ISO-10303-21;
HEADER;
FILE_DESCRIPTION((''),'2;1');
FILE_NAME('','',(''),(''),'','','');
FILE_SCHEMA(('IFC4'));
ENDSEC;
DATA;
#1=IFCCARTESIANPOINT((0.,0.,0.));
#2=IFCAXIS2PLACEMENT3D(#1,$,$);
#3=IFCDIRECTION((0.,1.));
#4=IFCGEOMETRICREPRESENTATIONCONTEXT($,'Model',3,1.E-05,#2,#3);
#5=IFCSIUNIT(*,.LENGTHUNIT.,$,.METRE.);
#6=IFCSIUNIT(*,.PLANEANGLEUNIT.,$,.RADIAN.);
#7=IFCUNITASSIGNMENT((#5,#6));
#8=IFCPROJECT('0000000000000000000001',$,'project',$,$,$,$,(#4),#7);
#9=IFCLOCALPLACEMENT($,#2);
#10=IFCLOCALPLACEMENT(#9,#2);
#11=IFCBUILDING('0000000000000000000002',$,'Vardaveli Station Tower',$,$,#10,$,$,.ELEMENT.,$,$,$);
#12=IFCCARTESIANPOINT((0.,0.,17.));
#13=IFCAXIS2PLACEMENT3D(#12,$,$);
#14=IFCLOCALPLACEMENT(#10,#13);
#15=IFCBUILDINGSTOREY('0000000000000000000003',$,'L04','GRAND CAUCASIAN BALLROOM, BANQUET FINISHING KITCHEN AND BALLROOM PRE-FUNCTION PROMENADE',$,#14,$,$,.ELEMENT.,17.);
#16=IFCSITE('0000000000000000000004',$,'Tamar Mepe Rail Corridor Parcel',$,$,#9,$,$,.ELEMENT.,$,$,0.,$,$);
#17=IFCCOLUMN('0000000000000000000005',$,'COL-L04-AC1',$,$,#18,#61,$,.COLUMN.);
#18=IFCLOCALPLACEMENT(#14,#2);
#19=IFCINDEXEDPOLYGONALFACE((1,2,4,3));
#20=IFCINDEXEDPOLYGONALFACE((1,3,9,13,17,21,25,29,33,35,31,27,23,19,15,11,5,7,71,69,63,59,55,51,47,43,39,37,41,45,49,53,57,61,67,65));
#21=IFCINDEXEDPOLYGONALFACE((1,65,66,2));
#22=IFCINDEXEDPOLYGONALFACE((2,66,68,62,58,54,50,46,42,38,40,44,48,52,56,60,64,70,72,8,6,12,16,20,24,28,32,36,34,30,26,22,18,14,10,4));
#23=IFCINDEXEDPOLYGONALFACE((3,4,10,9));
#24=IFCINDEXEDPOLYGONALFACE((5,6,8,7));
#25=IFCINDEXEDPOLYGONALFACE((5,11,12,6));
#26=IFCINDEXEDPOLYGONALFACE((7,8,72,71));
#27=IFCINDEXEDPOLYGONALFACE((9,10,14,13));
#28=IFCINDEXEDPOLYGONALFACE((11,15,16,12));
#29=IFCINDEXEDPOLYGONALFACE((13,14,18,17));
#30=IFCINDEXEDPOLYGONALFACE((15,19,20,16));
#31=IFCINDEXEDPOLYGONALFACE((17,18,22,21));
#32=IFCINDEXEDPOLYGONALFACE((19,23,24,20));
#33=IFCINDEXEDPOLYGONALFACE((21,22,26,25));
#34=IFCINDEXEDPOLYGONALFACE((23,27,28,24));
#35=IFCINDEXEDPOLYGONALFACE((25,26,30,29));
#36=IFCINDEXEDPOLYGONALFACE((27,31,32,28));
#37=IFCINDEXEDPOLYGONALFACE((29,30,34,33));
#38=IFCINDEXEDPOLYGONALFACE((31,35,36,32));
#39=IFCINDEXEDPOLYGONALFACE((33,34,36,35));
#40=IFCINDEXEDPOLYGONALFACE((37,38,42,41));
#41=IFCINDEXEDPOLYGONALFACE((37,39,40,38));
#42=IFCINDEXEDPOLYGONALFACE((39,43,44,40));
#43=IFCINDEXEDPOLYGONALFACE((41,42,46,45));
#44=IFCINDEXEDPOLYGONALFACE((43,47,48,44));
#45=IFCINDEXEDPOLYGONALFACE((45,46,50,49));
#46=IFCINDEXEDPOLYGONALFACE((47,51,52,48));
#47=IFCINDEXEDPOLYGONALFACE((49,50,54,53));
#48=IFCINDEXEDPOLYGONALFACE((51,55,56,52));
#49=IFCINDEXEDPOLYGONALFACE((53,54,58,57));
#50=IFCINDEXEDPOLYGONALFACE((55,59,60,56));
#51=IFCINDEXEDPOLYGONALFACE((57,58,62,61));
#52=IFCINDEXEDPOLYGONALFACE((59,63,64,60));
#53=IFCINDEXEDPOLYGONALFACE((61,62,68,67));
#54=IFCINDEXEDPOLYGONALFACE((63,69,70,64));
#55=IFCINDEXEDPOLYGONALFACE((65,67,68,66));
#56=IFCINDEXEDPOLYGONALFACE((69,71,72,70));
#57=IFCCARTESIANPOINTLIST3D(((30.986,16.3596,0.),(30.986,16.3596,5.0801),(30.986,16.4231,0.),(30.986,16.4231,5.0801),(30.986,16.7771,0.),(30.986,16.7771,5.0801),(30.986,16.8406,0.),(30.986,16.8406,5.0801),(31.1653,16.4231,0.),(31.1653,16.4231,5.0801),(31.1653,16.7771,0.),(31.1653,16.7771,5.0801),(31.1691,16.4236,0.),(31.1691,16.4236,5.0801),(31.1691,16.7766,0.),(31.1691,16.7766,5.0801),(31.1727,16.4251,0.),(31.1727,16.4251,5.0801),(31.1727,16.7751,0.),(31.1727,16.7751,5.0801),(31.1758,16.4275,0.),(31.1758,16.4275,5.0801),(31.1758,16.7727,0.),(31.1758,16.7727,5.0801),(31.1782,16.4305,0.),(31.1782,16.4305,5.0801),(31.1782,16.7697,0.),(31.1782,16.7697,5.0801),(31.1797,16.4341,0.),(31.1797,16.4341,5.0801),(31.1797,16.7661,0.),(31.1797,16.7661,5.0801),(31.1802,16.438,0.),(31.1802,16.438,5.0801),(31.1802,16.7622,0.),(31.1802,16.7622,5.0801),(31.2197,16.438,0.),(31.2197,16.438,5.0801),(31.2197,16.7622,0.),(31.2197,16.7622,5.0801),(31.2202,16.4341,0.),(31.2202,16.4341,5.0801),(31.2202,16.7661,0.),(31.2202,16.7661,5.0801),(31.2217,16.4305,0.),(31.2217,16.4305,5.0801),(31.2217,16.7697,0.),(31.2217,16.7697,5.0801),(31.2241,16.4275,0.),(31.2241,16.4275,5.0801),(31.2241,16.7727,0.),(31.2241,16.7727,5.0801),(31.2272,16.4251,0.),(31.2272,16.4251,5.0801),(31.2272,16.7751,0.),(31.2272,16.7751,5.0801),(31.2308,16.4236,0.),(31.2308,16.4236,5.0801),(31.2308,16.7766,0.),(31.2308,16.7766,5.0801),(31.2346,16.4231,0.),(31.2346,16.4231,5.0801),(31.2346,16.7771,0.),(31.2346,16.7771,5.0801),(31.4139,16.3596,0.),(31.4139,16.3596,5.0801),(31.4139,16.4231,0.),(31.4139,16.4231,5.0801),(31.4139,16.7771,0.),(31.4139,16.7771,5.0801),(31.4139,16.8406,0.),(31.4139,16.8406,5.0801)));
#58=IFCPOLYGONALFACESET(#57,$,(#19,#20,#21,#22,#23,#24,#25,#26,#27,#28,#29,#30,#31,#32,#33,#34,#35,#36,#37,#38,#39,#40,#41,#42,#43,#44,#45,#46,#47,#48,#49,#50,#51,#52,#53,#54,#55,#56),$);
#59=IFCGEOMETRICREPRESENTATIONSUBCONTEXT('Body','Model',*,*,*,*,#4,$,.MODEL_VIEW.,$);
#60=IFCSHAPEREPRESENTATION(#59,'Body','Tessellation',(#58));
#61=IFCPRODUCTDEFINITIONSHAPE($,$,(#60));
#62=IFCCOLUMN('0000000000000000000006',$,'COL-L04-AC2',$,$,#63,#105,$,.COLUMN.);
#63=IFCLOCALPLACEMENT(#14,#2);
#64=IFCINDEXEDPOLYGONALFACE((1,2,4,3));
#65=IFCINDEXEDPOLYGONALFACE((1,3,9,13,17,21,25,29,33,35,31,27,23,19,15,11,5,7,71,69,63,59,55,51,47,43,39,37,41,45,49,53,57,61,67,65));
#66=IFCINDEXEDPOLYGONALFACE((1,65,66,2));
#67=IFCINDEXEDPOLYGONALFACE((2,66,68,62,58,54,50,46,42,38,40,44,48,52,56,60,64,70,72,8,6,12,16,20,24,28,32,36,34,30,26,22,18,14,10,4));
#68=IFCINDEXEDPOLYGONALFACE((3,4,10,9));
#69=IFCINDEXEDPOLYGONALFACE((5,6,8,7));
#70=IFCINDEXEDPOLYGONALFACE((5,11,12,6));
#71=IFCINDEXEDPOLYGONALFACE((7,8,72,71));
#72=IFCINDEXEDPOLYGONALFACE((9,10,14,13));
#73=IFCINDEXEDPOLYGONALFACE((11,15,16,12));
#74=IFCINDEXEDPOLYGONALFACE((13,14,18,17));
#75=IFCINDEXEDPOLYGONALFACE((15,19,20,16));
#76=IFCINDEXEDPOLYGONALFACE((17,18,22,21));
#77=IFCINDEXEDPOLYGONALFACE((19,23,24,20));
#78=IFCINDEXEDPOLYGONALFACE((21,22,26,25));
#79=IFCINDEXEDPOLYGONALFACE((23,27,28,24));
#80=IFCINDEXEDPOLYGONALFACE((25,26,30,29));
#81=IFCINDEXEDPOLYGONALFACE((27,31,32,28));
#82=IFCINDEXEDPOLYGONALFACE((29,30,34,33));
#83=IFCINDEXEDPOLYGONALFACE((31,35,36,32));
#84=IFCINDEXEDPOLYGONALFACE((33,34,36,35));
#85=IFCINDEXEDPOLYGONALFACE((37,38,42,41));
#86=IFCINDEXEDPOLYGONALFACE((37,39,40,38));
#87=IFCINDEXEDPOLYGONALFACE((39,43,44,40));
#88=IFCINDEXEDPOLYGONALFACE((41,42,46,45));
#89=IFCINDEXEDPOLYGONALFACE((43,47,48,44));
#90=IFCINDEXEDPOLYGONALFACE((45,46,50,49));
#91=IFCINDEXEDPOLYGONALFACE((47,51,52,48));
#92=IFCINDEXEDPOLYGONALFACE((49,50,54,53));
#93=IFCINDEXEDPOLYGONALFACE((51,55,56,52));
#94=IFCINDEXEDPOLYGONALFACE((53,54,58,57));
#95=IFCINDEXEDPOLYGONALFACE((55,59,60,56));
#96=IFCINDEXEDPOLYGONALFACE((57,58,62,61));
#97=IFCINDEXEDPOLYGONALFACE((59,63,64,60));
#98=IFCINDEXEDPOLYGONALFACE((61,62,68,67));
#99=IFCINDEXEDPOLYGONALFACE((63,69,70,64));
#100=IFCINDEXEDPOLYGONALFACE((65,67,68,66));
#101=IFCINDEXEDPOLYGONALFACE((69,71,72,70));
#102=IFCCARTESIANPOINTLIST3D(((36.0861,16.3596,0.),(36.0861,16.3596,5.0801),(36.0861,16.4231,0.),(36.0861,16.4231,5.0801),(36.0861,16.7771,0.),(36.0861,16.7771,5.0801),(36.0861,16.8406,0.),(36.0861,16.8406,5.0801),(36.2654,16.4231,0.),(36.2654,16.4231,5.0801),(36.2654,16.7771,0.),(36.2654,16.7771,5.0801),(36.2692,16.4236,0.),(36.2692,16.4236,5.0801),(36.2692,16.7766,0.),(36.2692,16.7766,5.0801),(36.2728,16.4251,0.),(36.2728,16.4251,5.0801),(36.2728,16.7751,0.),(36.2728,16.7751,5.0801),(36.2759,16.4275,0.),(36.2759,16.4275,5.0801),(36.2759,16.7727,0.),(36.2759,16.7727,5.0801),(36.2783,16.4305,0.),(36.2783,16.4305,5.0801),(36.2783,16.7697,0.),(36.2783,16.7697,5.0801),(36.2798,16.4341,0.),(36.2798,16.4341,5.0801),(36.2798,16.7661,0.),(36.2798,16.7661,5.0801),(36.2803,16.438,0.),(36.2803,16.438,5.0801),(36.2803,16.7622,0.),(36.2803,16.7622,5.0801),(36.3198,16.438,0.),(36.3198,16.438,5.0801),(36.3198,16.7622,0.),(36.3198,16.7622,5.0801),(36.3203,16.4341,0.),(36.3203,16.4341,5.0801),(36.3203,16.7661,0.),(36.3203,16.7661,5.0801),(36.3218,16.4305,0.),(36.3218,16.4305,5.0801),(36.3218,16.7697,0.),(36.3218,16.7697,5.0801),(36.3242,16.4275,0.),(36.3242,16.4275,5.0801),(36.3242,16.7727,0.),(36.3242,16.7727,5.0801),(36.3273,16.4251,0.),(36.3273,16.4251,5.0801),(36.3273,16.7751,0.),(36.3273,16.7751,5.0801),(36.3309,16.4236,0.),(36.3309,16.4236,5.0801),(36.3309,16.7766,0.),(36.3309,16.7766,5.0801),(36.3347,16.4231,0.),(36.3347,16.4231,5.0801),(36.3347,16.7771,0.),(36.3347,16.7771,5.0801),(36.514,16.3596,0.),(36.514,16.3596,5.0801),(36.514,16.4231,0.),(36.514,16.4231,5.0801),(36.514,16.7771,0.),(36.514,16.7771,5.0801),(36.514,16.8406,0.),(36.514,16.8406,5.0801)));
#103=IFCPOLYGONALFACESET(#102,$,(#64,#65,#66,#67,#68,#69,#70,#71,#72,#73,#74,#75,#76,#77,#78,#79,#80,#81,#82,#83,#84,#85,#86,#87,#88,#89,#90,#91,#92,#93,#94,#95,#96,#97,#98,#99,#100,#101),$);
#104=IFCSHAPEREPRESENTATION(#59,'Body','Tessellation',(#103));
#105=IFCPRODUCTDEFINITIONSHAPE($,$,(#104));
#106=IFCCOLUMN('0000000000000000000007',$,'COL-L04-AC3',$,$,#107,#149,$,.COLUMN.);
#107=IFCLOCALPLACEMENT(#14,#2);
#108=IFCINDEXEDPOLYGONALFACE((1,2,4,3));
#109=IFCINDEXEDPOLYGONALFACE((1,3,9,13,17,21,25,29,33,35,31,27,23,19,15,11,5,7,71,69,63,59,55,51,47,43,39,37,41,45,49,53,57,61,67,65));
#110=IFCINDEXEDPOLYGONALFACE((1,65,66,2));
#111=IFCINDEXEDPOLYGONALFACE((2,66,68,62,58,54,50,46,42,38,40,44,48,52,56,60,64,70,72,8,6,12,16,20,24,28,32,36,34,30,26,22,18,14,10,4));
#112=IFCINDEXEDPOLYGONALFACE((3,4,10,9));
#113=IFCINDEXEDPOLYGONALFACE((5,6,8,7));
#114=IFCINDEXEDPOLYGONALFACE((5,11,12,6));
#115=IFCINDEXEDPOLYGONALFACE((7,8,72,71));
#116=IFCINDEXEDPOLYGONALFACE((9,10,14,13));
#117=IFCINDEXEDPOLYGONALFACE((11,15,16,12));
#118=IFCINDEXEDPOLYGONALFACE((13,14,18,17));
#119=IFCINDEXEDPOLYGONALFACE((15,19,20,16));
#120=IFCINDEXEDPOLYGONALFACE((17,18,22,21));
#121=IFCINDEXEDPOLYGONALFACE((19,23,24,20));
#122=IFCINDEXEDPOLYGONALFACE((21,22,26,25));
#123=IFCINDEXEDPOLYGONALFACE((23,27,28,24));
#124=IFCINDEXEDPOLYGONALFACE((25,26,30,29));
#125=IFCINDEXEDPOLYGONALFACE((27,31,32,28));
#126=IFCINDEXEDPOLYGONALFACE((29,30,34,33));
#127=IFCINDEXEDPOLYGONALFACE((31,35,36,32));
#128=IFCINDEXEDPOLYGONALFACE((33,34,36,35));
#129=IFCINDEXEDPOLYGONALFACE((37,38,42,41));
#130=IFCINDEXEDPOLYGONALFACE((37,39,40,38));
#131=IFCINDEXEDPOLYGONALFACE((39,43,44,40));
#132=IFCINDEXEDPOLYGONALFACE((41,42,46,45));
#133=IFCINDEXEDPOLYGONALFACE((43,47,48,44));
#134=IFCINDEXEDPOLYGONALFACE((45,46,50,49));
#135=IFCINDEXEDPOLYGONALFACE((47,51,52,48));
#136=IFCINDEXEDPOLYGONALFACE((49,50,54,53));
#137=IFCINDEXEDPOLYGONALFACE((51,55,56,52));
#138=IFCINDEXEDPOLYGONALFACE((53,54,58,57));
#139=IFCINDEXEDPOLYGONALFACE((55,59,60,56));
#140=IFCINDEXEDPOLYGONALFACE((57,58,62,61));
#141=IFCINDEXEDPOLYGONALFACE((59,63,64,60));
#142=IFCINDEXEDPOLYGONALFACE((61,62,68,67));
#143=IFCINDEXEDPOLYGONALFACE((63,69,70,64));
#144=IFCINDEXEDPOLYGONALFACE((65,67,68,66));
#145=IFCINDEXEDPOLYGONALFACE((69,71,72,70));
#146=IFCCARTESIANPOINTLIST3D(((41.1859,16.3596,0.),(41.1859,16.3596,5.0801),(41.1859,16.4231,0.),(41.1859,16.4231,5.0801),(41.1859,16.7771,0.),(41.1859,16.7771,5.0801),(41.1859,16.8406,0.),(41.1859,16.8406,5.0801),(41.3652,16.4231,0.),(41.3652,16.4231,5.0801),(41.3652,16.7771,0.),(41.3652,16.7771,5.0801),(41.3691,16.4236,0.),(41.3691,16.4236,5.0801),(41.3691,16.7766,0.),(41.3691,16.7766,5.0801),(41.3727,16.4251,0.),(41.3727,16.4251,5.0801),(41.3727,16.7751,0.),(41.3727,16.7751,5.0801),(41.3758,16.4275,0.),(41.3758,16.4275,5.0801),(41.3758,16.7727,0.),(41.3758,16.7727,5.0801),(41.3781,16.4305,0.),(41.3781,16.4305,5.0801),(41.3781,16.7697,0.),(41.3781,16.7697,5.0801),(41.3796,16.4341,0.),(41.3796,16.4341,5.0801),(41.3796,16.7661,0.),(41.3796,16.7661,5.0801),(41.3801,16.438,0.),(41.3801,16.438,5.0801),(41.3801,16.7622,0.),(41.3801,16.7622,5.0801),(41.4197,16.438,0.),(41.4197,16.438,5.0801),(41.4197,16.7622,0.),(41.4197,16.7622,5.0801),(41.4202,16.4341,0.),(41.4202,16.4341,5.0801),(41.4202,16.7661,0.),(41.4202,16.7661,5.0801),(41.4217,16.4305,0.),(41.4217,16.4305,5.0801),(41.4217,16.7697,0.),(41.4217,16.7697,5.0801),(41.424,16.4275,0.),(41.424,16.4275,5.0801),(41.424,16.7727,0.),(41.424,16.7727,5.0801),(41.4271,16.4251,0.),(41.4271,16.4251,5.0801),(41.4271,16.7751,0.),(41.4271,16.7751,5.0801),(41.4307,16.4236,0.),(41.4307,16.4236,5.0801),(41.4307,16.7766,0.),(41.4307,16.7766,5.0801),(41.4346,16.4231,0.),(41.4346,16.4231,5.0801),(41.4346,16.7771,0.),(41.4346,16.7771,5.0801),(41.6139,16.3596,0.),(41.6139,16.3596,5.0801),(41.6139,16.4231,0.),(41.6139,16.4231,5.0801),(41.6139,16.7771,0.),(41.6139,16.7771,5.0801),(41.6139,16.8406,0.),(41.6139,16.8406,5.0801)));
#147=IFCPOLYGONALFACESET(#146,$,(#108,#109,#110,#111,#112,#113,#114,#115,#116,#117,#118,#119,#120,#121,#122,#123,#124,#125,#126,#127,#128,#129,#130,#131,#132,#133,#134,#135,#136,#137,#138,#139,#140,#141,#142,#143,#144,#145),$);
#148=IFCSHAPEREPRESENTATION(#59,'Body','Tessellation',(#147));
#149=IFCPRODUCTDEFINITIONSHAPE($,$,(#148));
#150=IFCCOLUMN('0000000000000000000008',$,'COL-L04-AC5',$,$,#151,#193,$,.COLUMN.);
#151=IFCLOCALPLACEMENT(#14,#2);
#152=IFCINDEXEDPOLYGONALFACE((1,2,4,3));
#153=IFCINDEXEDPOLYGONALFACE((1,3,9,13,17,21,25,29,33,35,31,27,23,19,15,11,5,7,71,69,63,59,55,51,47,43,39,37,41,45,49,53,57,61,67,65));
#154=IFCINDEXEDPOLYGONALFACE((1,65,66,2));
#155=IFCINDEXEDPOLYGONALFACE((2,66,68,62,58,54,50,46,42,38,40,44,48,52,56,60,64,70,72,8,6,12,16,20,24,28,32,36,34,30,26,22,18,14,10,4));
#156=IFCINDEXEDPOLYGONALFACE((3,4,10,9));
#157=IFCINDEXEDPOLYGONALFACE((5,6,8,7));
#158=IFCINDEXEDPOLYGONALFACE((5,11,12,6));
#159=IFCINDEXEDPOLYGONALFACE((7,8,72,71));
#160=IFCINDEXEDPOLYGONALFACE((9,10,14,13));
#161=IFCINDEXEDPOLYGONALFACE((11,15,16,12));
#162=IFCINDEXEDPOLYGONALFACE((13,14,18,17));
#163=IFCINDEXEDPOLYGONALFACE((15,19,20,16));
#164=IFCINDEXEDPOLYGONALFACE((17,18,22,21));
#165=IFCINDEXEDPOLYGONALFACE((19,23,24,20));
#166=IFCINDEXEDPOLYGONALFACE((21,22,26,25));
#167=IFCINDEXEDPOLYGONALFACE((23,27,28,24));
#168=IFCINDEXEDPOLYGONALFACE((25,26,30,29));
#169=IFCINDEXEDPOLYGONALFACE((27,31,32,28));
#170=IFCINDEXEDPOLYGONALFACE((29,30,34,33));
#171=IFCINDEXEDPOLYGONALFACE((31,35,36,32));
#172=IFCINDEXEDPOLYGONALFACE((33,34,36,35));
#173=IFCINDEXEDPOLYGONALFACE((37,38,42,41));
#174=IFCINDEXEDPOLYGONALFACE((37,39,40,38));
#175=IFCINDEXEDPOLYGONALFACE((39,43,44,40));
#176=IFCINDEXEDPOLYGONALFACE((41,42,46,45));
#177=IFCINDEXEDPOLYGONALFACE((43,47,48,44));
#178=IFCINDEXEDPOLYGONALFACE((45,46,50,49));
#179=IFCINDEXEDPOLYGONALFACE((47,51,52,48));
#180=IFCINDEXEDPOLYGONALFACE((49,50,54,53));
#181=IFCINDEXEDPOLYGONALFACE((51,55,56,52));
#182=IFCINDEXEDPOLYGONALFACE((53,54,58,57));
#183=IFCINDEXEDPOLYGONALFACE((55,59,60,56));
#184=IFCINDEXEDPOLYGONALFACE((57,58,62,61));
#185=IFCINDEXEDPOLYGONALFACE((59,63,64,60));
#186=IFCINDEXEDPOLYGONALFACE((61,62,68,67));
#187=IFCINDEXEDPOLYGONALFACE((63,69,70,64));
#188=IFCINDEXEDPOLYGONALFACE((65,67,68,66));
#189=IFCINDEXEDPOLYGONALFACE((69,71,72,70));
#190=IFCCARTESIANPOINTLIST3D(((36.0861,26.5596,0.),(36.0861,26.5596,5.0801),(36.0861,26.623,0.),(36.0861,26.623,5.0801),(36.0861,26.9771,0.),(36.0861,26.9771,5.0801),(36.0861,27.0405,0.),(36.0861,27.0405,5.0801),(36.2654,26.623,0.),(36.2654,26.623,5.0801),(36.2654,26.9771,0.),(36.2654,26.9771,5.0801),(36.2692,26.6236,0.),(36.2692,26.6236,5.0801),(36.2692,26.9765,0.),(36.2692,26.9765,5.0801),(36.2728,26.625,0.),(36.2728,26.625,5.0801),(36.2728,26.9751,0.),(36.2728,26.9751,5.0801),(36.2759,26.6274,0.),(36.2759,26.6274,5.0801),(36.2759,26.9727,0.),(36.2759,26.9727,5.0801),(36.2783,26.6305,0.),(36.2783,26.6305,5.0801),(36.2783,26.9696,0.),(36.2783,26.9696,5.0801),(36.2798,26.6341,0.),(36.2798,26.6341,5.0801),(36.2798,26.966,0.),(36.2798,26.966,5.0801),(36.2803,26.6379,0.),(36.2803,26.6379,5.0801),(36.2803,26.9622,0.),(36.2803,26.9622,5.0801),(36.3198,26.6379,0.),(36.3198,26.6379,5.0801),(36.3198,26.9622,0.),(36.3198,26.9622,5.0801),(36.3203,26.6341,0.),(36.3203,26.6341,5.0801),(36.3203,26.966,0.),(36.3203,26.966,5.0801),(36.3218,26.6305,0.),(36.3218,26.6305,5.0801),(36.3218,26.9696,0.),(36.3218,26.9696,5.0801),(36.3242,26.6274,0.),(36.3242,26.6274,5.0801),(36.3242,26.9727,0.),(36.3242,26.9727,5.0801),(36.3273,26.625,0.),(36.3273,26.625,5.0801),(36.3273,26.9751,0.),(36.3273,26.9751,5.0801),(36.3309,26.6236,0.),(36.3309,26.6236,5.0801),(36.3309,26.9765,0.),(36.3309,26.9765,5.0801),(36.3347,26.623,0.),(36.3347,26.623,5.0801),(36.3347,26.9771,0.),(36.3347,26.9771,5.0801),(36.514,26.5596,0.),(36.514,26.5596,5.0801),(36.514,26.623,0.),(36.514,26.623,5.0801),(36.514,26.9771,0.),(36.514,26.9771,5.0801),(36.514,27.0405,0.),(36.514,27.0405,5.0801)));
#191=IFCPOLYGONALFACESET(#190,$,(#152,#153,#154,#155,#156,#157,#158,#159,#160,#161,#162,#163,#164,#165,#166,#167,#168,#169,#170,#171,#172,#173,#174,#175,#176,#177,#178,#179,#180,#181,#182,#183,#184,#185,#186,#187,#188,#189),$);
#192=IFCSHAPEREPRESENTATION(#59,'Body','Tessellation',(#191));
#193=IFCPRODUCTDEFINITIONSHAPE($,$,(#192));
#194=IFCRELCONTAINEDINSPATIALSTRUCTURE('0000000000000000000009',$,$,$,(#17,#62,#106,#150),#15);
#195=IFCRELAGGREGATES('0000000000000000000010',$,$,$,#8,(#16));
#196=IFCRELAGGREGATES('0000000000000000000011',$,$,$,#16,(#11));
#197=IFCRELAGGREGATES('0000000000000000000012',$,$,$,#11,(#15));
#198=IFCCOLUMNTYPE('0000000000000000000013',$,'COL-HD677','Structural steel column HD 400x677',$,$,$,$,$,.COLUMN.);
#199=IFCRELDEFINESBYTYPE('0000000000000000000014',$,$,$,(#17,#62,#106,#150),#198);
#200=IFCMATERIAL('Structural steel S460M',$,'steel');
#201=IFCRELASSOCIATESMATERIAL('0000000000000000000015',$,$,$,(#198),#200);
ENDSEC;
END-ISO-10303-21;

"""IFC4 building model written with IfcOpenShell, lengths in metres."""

from ifc_helpers import new_model, si_unit, direction, frame, origin, origin_2d, place, context, subcontext, project, spatial, i_section, extrude, source, transform, mapped, material, material_profile, profile_set, type_object, element, save


model = new_model("IFC4")

# Units and contexts
model_context = context("Model", 3, precision=1e-05, world=origin(), true_north=direction((0.0, 1.0)))
body_context = subcontext(model_context, "Body", "Model", "MODEL_VIEW")
ifc_project = project(units=[si_unit("LENGTHUNIT", "METRE"), si_unit("PLANEANGLEUNIT", "RADIAN")], contexts=[model_context])

# Site, building, storey
site_placement = place(None, origin())
site = spatial("IfcSite", under=ifc_project, at=site_placement, Name="Tamar Mepe Rail Corridor Parcel", CompositionType="ELEMENT", RefElevation=0.0)
building_placement = place(site_placement, origin())
building = spatial("IfcBuilding", under=site, at=building_placement, Name="Vardaveli Station Tower", CompositionType="ELEMENT")
storey_placement = place(building_placement, frame((0.0, 0.0, 17.0)))
storey = spatial("IfcBuildingStorey", under=building, at=storey_placement, Name="L04", Description="GRAND CAUCASIAN BALLROOM, BANQUET FINISHING KITCHEN AND BALLROOM PRE-FUNCTION PROMENADE", CompositionType="ELEMENT", Elevation=17.0)

# Columns
ifc_material_1 = material(Name="Structural steel S460M", Category="steel")
ifc_material_profile_1 = material_profile(ifc_material_1, i_section(OverallWidth=0.428, OverallDepth=0.481, WebThickness=0.0396, FlangeThickness=0.0635, FilletRadius=0.0149, at=origin_2d()), Name="HD 400x677")
ifc_profile_set_1 = profile_set([ifc_material_profile_1], Name="Structural steel S460M")
column_type_1 = type_object("IfcColumnType", Name="COL-HD677", Description="Structural steel column HD 400x677", PredefinedType="COLUMN", material=ifc_profile_set_1)
shared_shape_1 = source(origin(), body_context, "Body", "SweptSolid", [
    extrude(i_section(OverallWidth=0.428, OverallDepth=0.481, WebThickness=0.0396, FlangeThickness=0.0635, FilletRadius=0.0149, at=origin_2d()), origin(), (0.0, 0.0, 1.0), 5.0801),
])
for number, where, z_axis, x_axis, name in (
    (1, (31.2, 16.6001, 0.0), (0.0, 0.0, 1.0), (1.0, 0.0, 0.0), "COL-L04-AC1"),
    (2, (36.3, 16.6001, 0.0), (0.0, 0.0, 1.0), (1.0, 0.0, 0.0), "COL-L04-AC2"),
    (3, (41.3999, 16.6001, 0.0), (0.0, 0.0, 1.0), (1.0, 0.0, 0.0), "COL-L04-AC3"),
    (4, (36.3, 26.8, 0.0), (0.0, 0.0, 1.0), (1.0, 0.0, 0.0), "COL-L04-AC5"),
):
    element("IfcColumn", number, at=place(storey_placement, frame(where, z_axis=z_axis, x_axis=x_axis)), inside=storey, type_object=column_type_1, Name=name, PredefinedType="COLUMN", context=body_context, shape_type="MappedRepresentation", body=[
        mapped(shared_shape_1, transform((0.0, 0.0, 0.0), scale=1.0)),
    ])

save(model, "model.ifc")
